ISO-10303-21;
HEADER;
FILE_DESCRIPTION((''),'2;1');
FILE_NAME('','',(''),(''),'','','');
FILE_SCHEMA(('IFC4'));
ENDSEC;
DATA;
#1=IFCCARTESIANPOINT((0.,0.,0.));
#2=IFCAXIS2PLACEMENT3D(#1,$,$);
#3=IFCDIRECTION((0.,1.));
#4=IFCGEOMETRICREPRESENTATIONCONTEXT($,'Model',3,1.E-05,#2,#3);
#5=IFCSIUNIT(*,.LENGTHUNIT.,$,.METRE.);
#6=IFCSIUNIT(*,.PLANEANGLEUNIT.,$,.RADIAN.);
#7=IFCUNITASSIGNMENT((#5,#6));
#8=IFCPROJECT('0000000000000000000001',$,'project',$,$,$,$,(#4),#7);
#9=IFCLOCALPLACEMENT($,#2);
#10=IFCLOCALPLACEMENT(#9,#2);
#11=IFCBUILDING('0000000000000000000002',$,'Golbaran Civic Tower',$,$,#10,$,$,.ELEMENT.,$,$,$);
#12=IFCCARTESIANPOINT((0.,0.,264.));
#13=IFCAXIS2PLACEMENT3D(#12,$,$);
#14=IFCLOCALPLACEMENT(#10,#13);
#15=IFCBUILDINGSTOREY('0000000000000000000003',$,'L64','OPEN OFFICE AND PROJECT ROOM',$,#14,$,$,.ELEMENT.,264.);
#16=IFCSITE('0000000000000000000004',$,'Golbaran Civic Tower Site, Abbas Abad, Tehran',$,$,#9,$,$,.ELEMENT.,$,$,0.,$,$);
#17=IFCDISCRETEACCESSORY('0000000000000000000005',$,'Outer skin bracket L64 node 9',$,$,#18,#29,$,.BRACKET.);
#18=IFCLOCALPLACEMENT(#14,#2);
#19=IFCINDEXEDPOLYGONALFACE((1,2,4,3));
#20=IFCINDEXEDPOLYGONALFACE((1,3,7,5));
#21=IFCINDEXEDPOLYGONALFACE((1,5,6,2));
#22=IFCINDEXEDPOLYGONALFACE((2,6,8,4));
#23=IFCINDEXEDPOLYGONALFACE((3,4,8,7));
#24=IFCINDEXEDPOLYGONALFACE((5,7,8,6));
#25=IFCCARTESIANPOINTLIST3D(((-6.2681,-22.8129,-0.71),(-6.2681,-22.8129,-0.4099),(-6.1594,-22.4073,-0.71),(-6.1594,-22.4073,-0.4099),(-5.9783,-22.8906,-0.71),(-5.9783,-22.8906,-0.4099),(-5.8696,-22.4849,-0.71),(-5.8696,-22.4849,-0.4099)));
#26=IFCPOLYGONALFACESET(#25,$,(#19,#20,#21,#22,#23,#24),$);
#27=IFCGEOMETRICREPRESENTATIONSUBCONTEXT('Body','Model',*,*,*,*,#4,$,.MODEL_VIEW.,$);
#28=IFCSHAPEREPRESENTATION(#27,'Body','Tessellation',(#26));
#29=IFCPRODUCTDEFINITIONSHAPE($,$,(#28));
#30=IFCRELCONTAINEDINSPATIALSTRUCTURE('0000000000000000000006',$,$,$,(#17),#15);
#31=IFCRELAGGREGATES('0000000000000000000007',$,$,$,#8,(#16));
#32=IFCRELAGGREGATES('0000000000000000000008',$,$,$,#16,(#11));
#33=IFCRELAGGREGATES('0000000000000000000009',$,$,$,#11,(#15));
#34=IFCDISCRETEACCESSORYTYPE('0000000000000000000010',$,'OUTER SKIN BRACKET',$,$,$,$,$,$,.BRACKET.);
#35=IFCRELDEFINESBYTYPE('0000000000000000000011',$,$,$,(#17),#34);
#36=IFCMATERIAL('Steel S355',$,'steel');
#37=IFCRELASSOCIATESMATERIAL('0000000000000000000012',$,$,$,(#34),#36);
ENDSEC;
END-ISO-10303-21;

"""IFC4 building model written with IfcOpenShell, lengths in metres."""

from ifc_helpers import new_model, si_unit, direction, frame, origin, origin_2d, place, context, subcontext, project, spatial, rectangle, extrude, material, type_object, element, save


model = new_model("IFC4")

# Units and contexts
model_context = context("Model", 3, precision=1e-05, world=origin(), true_north=direction((0.0, 1.0)))
body_context = subcontext(model_context, "Body", "Model", "MODEL_VIEW")
ifc_project = project(units=[si_unit("LENGTHUNIT", "METRE"), si_unit("PLANEANGLEUNIT", "RADIAN")], contexts=[model_context])

# Site, building, storey
site_placement = place(None, origin())
site = spatial("IfcSite", under=ifc_project, at=site_placement, Name="Golbaran Civic Tower Site, Abbas Abad, Tehran", CompositionType="ELEMENT", RefElevation=0.0)
building_placement = place(site_placement, origin())
building = spatial("IfcBuilding", under=site, at=building_placement, Name="Golbaran Civic Tower", CompositionType="ELEMENT")
storey_placement = place(building_placement, frame((0.0, 0.0, 264.0)))
storey = spatial("IfcBuildingStorey", under=building, at=storey_placement, Name="L64", Description="OPEN OFFICE AND PROJECT ROOM", CompositionType="ELEMENT", Elevation=264.0)

# Shared definitions
ifc_material_1 = material(Name="Steel S355", Category="steel")

# Discrete accessory
discrete_accessory_type = type_object("IfcDiscreteAccessoryType", Name="OUTER SKIN BRACKET", PredefinedType="BRACKET", material=ifc_material_1)
discrete_accessory_placement = place(storey_placement, frame((-6.0688, -22.6489, -0.71), z_axis=(0.0, 0.0, 1.0), x_axis=(-0.258819, -0.965926, 0.0)))
element("IfcDiscreteAccessory", 1, at=discrete_accessory_placement, inside=storey, type_object=discrete_accessory_type, Name="Outer skin bracket L64 node 9", PredefinedType="BRACKET", context=body_context, shape_type="SweptSolid", body=[
    extrude(rectangle(XDim=0.4199, YDim=0.3, at=origin_2d()), origin(), (0.0, 0.0, 1.0), 0.3),
])

save(model, "model.ifc")
